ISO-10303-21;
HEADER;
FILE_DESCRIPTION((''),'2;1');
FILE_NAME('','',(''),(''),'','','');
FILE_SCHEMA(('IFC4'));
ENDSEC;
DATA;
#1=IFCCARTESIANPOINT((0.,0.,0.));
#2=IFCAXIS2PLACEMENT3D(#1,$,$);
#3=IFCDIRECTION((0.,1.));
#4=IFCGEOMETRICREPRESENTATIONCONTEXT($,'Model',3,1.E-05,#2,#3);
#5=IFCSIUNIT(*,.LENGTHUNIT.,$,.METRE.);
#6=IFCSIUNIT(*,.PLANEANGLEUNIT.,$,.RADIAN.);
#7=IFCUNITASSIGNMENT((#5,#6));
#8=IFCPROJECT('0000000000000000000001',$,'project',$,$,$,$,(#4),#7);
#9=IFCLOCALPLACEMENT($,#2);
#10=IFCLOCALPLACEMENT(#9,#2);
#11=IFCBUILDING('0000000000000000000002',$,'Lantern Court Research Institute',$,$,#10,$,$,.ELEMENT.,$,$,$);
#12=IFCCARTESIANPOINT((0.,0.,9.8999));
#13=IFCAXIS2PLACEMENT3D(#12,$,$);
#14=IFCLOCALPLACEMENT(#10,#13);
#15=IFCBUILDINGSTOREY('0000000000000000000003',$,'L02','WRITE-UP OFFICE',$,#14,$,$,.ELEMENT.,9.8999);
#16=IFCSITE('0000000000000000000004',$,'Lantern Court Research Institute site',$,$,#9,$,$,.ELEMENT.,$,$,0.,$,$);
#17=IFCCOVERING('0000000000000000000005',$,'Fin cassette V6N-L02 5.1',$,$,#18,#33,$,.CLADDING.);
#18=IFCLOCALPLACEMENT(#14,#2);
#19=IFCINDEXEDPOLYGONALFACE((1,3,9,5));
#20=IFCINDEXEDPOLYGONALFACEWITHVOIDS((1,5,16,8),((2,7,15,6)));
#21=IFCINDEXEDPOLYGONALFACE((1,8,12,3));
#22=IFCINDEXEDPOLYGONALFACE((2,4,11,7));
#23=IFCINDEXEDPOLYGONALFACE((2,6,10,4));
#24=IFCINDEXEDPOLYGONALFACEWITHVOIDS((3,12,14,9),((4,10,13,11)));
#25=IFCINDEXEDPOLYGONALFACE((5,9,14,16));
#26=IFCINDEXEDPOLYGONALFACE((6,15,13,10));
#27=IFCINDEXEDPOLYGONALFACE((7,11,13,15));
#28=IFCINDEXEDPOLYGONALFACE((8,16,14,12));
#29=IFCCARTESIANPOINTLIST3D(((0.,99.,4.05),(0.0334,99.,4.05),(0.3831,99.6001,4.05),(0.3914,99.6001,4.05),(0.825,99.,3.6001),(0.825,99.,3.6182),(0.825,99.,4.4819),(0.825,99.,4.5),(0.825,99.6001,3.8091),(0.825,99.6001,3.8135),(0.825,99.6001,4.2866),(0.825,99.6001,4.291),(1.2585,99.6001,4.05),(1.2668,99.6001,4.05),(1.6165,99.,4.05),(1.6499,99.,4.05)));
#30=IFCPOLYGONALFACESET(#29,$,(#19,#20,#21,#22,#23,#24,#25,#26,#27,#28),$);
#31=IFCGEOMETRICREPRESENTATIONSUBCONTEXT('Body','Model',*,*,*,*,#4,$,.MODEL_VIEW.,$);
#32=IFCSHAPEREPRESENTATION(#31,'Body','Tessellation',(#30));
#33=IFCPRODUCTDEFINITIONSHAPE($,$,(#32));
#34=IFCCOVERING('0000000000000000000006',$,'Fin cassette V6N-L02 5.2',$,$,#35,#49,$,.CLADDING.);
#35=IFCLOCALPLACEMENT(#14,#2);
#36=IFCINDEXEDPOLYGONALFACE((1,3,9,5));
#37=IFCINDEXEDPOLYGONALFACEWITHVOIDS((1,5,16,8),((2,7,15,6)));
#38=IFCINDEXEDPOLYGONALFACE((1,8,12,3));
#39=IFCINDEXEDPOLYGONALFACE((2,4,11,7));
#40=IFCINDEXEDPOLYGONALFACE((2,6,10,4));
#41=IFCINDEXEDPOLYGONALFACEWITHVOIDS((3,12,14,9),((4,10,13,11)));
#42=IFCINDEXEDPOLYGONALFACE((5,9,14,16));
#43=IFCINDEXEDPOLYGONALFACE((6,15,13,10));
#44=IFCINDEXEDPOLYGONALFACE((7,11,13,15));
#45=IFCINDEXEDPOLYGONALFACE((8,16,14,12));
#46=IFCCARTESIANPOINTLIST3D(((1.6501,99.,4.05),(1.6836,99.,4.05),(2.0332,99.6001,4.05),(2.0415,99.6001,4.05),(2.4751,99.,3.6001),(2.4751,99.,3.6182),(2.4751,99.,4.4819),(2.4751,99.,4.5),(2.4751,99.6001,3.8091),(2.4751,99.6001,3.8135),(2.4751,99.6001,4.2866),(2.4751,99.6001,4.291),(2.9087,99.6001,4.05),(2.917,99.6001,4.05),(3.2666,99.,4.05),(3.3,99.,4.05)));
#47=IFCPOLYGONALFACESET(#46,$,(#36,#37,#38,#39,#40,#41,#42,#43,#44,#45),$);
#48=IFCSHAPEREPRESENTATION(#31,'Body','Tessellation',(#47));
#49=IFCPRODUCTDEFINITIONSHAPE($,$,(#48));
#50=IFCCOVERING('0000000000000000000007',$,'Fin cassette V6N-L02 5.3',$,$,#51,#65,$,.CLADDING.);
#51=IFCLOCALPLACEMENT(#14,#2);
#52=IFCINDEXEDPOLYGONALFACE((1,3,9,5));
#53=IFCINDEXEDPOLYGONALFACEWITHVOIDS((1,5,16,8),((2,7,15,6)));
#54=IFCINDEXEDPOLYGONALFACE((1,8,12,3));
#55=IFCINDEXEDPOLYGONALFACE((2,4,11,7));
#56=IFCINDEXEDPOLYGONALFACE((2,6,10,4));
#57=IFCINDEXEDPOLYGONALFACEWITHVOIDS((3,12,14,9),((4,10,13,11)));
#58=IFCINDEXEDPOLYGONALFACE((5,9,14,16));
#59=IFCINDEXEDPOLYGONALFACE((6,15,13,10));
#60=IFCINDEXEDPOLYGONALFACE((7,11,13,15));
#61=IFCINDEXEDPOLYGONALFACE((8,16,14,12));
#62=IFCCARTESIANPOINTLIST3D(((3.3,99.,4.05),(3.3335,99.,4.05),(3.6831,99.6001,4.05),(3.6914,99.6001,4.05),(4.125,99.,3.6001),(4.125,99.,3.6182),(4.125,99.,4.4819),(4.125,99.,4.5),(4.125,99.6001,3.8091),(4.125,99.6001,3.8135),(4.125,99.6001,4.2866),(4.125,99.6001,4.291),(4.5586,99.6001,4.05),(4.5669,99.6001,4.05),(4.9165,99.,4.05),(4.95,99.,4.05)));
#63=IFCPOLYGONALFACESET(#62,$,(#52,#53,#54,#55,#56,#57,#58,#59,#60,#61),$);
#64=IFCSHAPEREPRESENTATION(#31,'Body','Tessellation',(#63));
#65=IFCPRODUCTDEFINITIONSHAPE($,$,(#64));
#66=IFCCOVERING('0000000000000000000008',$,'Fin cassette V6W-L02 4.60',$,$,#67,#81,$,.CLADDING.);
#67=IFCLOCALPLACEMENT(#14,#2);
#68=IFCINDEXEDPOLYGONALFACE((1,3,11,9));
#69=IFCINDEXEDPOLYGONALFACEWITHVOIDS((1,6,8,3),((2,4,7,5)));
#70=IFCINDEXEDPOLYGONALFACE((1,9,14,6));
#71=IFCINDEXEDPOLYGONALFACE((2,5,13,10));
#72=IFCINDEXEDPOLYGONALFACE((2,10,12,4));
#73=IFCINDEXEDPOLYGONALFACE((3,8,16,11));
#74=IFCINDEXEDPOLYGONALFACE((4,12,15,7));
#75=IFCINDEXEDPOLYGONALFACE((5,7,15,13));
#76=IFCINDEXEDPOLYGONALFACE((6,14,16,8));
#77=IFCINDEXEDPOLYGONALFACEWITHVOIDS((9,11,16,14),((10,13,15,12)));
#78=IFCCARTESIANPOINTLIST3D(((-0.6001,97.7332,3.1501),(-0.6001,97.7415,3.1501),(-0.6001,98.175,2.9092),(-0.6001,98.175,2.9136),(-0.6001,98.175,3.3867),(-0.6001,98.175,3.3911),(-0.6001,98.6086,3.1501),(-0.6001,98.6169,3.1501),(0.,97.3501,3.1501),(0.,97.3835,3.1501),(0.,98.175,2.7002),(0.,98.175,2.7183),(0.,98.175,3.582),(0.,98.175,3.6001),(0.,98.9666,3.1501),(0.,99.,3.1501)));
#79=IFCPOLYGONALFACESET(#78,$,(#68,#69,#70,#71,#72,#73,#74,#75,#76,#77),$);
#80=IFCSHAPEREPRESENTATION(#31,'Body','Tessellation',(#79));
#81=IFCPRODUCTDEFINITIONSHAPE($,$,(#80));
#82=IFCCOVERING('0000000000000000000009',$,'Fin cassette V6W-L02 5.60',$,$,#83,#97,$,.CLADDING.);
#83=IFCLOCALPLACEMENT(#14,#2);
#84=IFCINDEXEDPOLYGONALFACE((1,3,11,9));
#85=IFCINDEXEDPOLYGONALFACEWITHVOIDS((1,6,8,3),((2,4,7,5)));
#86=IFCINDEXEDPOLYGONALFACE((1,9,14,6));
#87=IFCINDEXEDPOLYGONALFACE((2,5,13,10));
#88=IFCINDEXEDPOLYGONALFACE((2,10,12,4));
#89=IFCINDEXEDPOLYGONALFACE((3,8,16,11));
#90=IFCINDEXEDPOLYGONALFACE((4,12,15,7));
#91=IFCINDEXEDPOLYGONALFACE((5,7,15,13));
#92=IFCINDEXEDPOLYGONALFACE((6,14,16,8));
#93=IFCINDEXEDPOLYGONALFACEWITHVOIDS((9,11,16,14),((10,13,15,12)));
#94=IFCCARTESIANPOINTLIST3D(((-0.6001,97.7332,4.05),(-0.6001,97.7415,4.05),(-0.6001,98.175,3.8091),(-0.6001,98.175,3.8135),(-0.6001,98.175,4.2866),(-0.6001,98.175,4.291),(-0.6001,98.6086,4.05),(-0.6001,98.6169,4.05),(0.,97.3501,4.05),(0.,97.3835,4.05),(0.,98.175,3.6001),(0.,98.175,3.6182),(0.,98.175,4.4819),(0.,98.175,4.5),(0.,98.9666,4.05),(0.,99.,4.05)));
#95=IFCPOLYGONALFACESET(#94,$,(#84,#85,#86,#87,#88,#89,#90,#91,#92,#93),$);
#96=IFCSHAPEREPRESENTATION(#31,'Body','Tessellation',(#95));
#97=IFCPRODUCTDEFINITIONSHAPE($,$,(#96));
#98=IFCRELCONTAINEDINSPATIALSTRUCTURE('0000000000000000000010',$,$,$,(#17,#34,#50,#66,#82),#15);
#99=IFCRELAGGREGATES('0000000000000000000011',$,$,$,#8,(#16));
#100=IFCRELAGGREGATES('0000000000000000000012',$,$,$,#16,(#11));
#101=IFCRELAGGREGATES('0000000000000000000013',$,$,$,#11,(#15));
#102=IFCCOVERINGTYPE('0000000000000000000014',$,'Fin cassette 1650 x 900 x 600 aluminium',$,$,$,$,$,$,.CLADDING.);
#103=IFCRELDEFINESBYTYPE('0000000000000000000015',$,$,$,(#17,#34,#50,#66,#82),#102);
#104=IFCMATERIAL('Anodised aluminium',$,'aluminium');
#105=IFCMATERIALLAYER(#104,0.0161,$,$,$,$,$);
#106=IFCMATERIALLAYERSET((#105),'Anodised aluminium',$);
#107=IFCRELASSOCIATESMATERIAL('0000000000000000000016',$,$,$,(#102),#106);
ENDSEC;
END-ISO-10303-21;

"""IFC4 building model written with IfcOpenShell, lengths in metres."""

from ifc_helpers import new_model, entity, si_unit, direction, frame, origin, place, context, subcontext, project, spatial, material, layer, layer_set, type_object, element, save


model = new_model("IFC4")

# Units and contexts
model_context = context("Model", 3, precision=1e-05, world=origin(), true_north=direction((0.0, 1.0)))
body_context = subcontext(model_context, "Body", "Model", "MODEL_VIEW")
ifc_project = project(units=[si_unit("LENGTHUNIT", "METRE"), si_unit("PLANEANGLEUNIT", "RADIAN")], contexts=[model_context])

# Site, building, storey
site_placement = place(None, origin())
site = spatial("IfcSite", under=ifc_project, at=site_placement, Name="Lantern Court Research Institute site", CompositionType="ELEMENT", RefElevation=0.0)
building_placement = place(site_placement, origin())
building = spatial("IfcBuilding", under=site, at=building_placement, Name="Lantern Court Research Institute", CompositionType="ELEMENT")
storey_placement = place(building_placement, frame((0.0, 0.0, 9.8999)))
storey = spatial("IfcBuildingStorey", under=building, at=storey_placement, Name="L02", Description="WRITE-UP OFFICE", CompositionType="ELEMENT", Elevation=9.8999)

# Coverings
ifc_material_1 = material(Name="Anodised aluminium", Category="aluminium")
ifc_layer_1 = layer(ifc_material_1, 0.0161)
ifc_layer_set_1 = layer_set([ifc_layer_1], Name="Anodised aluminium")
covering_type = type_object("IfcCoveringType", Name="Fin cassette 1650 x 900 x 600 aluminium", PredefinedType="CLADDING", material=ifc_layer_set_1)
covering_1_placement = place(storey_placement, frame((0.825, 99.0, 4.05), z_axis=(0.0, 1.0, 0.0), x_axis=(-1.0, 0.0, 0.0)))
cartesian_point_1 = entity("IfcCartesianPoint", [0.825, 0.0])
cartesian_point_2 = entity("IfcCartesianPoint", [0.7915, 0.0])
cartesian_point_3 = entity("IfcCartesianPoint", [0.4419, 0.0])
cartesian_point_4 = entity("IfcCartesianPoint", [0.4336, 0.0])
element("IfcCovering", 1, at=covering_1_placement, inside=storey, type_object=covering_type, Name="Fin cassette V6N-L02 5.1", PredefinedType="CLADDING", context=body_context, shape_type="SweptSolid", body=[
    entity("IfcExtrudedAreaSolidTapered", entity("IfcArbitraryProfileDefWithVoids", "AREA", None, entity("IfcPolyline", [cartesian_point_1, entity("IfcCartesianPoint", [0.0, 0.45]), entity("IfcCartesianPoint", [-0.825, 0.0]), entity("IfcCartesianPoint", [0.0, -0.45]), cartesian_point_1]), [entity("IfcPolyline", [cartesian_point_2, entity("IfcCartesianPoint", [0.0, 0.4319]), entity("IfcCartesianPoint", [-0.7915, 0.0]), entity("IfcCartesianPoint", [0.0, -0.4319]), cartesian_point_2])]), entity("IfcAxis2Placement3D", entity("IfcCartesianPoint", [0.0, 0.0, 0.0])), entity("IfcDirection", [0.0, 0.0, 1.0]), 0.6001, entity("IfcArbitraryProfileDefWithVoids", "AREA", None, entity("IfcPolyline", [cartesian_point_3, entity("IfcCartesianPoint", [0.0, 0.241]), entity("IfcCartesianPoint", [-0.4419, 0.0]), entity("IfcCartesianPoint", [0.0, -0.241]), cartesian_point_3]), [entity("IfcPolyline", [cartesian_point_4, entity("IfcCartesianPoint", [0.0, 0.2366]), entity("IfcCartesianPoint", [-0.4336, 0.0]), entity("IfcCartesianPoint", [0.0, -0.2366]), cartesian_point_4])])),
])
covering_2_placement = place(storey_placement, frame((2.4751, 99.0, 4.05), z_axis=(0.0, 1.0, 0.0), x_axis=(-1.0, 0.0, 0.0)))
cartesian_point_5 = entity("IfcCartesianPoint", [0.825, 0.0])
cartesian_point_6 = entity("IfcCartesianPoint", [0.7915, 0.0])
cartesian_point_7 = entity("IfcCartesianPoint", [0.4419, 0.0])
cartesian_point_8 = entity("IfcCartesianPoint", [0.4336, 0.0])
element("IfcCovering", 2, at=covering_2_placement, inside=storey, type_object=covering_type, Name="Fin cassette V6N-L02 5.2", PredefinedType="CLADDING", context=body_context, shape_type="SweptSolid", body=[
    entity("IfcExtrudedAreaSolidTapered", entity("IfcArbitraryProfileDefWithVoids", "AREA", None, entity("IfcPolyline", [cartesian_point_5, entity("IfcCartesianPoint", [0.0, 0.45]), entity("IfcCartesianPoint", [-0.825, 0.0]), entity("IfcCartesianPoint", [0.0, -0.45]), cartesian_point_5]), [entity("IfcPolyline", [cartesian_point_6, entity("IfcCartesianPoint", [0.0, 0.4319]), entity("IfcCartesianPoint", [-0.7915, 0.0]), entity("IfcCartesianPoint", [0.0, -0.4319]), cartesian_point_6])]), entity("IfcAxis2Placement3D", entity("IfcCartesianPoint", [0.0, 0.0, 0.0])), entity("IfcDirection", [0.0, 0.0, 1.0]), 0.6001, entity("IfcArbitraryProfileDefWithVoids", "AREA", None, entity("IfcPolyline", [cartesian_point_7, entity("IfcCartesianPoint", [0.0, 0.241]), entity("IfcCartesianPoint", [-0.4419, 0.0]), entity("IfcCartesianPoint", [0.0, -0.241]), cartesian_point_7]), [entity("IfcPolyline", [cartesian_point_8, entity("IfcCartesianPoint", [0.0, 0.2366]), entity("IfcCartesianPoint", [-0.4336, 0.0]), entity("IfcCartesianPoint", [0.0, -0.2366]), cartesian_point_8])])),
])
covering_3_placement = place(storey_placement, frame((4.125, 99.0, 4.05), z_axis=(0.0, 1.0, 0.0), x_axis=(-1.0, 0.0, 0.0)))
cartesian_point_9 = entity("IfcCartesianPoint", [0.825, 0.0])
cartesian_point_10 = entity("IfcCartesianPoint", [0.7915, 0.0])
cartesian_point_11 = entity("IfcCartesianPoint", [0.4419, 0.0])
cartesian_point_12 = entity("IfcCartesianPoint", [0.4336, 0.0])
element("IfcCovering", 3, at=covering_3_placement, inside=storey, type_object=covering_type, Name="Fin cassette V6N-L02 5.3", PredefinedType="CLADDING", context=body_context, shape_type="SweptSolid", body=[
    entity("IfcExtrudedAreaSolidTapered", entity("IfcArbitraryProfileDefWithVoids", "AREA", None, entity("IfcPolyline", [cartesian_point_9, entity("IfcCartesianPoint", [0.0, 0.45]), entity("IfcCartesianPoint", [-0.825, 0.0]), entity("IfcCartesianPoint", [0.0, -0.45]), cartesian_point_9]), [entity("IfcPolyline", [cartesian_point_10, entity("IfcCartesianPoint", [0.0, 0.4319]), entity("IfcCartesianPoint", [-0.7915, 0.0]), entity("IfcCartesianPoint", [0.0, -0.4319]), cartesian_point_10])]), entity("IfcAxis2Placement3D", entity("IfcCartesianPoint", [0.0, 0.0, 0.0])), entity("IfcDirection", [0.0, 0.0, 1.0]), 0.6001, entity("IfcArbitraryProfileDefWithVoids", "AREA", None, entity("IfcPolyline", [cartesian_point_11, entity("IfcCartesianPoint", [0.0, 0.241]), entity("IfcCartesianPoint", [-0.4419, 0.0]), entity("IfcCartesianPoint", [0.0, -0.241]), cartesian_point_11]), [entity("IfcPolyline", [cartesian_point_12, entity("IfcCartesianPoint", [0.0, 0.2366]), entity("IfcCartesianPoint", [-0.4336, 0.0]), entity("IfcCartesianPoint", [0.0, -0.2366]), cartesian_point_12])])),
])
covering_4_placement = place(storey_placement, frame((0.0, 98.175, 3.1501), z_axis=(-1.0, 0.0, 0.0), x_axis=(0.0, -1.0, 0.0)))
cartesian_point_13 = entity("IfcCartesianPoint", [0.825, 0.0])
cartesian_point_14 = entity("IfcCartesianPoint", [0.7915, 0.0])
cartesian_point_15 = entity("IfcCartesianPoint", [0.4419, 0.0])
cartesian_point_16 = entity("IfcCartesianPoint", [0.4336, 0.0])
element("IfcCovering", 4, at=covering_4_placement, inside=storey, type_object=covering_type, Name="Fin cassette V6W-L02 4.60", PredefinedType="CLADDING", context=body_context, shape_type="SweptSolid", body=[
    entity("IfcExtrudedAreaSolidTapered", entity("IfcArbitraryProfileDefWithVoids", "AREA", None, entity("IfcPolyline", [cartesian_point_13, entity("IfcCartesianPoint", [0.0, 0.45]), entity("IfcCartesianPoint", [-0.825, 0.0]), entity("IfcCartesianPoint", [0.0, -0.45]), cartesian_point_13]), [entity("IfcPolyline", [cartesian_point_14, entity("IfcCartesianPoint", [0.0, 0.4319]), entity("IfcCartesianPoint", [-0.7915, 0.0]), entity("IfcCartesianPoint", [0.0, -0.4319]), cartesian_point_14])]), entity("IfcAxis2Placement3D", entity("IfcCartesianPoint", [0.0, 0.0, 0.0])), entity("IfcDirection", [0.0, 0.0, 1.0]), 0.6001, entity("IfcArbitraryProfileDefWithVoids", "AREA", None, entity("IfcPolyline", [cartesian_point_15, entity("IfcCartesianPoint", [0.0, 0.241]), entity("IfcCartesianPoint", [-0.4419, 0.0]), entity("IfcCartesianPoint", [0.0, -0.241]), cartesian_point_15]), [entity("IfcPolyline", [cartesian_point_16, entity("IfcCartesianPoint", [0.0, 0.2366]), entity("IfcCartesianPoint", [-0.4336, 0.0]), entity("IfcCartesianPoint", [0.0, -0.2366]), cartesian_point_16])])),
])
covering_5_placement = place(storey_placement, frame((0.0, 98.175, 4.05), z_axis=(-1.0, 0.0, 0.0), x_axis=(0.0, -1.0, 0.0)))
cartesian_point_17 = entity("IfcCartesianPoint", [0.825, 0.0])
cartesian_point_18 = entity("IfcCartesianPoint", [0.7915, 0.0])
cartesian_point_19 = entity("IfcCartesianPoint", [0.4419, 0.0])
cartesian_point_20 = entity("IfcCartesianPoint", [0.4336, 0.0])
element("IfcCovering", 5, at=covering_5_placement, inside=storey, type_object=covering_type, Name="Fin cassette V6W-L02 5.60", PredefinedType="CLADDING", context=body_context, shape_type="SweptSolid", body=[
    entity("IfcExtrudedAreaSolidTapered", entity("IfcArbitraryProfileDefWithVoids", "AREA", None, entity("IfcPolyline", [cartesian_point_17, entity("IfcCartesianPoint", [0.0, 0.45]), entity("IfcCartesianPoint", [-0.825, 0.0]), entity("IfcCartesianPoint", [0.0, -0.45]), cartesian_point_17]), [entity("IfcPolyline", [cartesian_point_18, entity("IfcCartesianPoint", [0.0, 0.4319]), entity("IfcCartesianPoint", [-0.7915, 0.0]), entity("IfcCartesianPoint", [0.0, -0.4319]), cartesian_point_18])]), entity("IfcAxis2Placement3D", entity("IfcCartesianPoint", [0.0, 0.0, 0.0])), entity("IfcDirection", [0.0, 0.0, 1.0]), 0.6001, entity("IfcArbitraryProfileDefWithVoids", "AREA", None, entity("IfcPolyline", [cartesian_point_19, entity("IfcCartesianPoint", [0.0, 0.241]), entity("IfcCartesianPoint", [-0.4419, 0.0]), entity("IfcCartesianPoint", [0.0, -0.241]), cartesian_point_19]), [entity("IfcPolyline", [cartesian_point_20, entity("IfcCartesianPoint", [0.0, 0.2366]), entity("IfcCartesianPoint", [-0.4336, 0.0]), entity("IfcCartesianPoint", [0.0, -0.2366]), cartesian_point_20])])),
])

save(model, "model.ifc")
